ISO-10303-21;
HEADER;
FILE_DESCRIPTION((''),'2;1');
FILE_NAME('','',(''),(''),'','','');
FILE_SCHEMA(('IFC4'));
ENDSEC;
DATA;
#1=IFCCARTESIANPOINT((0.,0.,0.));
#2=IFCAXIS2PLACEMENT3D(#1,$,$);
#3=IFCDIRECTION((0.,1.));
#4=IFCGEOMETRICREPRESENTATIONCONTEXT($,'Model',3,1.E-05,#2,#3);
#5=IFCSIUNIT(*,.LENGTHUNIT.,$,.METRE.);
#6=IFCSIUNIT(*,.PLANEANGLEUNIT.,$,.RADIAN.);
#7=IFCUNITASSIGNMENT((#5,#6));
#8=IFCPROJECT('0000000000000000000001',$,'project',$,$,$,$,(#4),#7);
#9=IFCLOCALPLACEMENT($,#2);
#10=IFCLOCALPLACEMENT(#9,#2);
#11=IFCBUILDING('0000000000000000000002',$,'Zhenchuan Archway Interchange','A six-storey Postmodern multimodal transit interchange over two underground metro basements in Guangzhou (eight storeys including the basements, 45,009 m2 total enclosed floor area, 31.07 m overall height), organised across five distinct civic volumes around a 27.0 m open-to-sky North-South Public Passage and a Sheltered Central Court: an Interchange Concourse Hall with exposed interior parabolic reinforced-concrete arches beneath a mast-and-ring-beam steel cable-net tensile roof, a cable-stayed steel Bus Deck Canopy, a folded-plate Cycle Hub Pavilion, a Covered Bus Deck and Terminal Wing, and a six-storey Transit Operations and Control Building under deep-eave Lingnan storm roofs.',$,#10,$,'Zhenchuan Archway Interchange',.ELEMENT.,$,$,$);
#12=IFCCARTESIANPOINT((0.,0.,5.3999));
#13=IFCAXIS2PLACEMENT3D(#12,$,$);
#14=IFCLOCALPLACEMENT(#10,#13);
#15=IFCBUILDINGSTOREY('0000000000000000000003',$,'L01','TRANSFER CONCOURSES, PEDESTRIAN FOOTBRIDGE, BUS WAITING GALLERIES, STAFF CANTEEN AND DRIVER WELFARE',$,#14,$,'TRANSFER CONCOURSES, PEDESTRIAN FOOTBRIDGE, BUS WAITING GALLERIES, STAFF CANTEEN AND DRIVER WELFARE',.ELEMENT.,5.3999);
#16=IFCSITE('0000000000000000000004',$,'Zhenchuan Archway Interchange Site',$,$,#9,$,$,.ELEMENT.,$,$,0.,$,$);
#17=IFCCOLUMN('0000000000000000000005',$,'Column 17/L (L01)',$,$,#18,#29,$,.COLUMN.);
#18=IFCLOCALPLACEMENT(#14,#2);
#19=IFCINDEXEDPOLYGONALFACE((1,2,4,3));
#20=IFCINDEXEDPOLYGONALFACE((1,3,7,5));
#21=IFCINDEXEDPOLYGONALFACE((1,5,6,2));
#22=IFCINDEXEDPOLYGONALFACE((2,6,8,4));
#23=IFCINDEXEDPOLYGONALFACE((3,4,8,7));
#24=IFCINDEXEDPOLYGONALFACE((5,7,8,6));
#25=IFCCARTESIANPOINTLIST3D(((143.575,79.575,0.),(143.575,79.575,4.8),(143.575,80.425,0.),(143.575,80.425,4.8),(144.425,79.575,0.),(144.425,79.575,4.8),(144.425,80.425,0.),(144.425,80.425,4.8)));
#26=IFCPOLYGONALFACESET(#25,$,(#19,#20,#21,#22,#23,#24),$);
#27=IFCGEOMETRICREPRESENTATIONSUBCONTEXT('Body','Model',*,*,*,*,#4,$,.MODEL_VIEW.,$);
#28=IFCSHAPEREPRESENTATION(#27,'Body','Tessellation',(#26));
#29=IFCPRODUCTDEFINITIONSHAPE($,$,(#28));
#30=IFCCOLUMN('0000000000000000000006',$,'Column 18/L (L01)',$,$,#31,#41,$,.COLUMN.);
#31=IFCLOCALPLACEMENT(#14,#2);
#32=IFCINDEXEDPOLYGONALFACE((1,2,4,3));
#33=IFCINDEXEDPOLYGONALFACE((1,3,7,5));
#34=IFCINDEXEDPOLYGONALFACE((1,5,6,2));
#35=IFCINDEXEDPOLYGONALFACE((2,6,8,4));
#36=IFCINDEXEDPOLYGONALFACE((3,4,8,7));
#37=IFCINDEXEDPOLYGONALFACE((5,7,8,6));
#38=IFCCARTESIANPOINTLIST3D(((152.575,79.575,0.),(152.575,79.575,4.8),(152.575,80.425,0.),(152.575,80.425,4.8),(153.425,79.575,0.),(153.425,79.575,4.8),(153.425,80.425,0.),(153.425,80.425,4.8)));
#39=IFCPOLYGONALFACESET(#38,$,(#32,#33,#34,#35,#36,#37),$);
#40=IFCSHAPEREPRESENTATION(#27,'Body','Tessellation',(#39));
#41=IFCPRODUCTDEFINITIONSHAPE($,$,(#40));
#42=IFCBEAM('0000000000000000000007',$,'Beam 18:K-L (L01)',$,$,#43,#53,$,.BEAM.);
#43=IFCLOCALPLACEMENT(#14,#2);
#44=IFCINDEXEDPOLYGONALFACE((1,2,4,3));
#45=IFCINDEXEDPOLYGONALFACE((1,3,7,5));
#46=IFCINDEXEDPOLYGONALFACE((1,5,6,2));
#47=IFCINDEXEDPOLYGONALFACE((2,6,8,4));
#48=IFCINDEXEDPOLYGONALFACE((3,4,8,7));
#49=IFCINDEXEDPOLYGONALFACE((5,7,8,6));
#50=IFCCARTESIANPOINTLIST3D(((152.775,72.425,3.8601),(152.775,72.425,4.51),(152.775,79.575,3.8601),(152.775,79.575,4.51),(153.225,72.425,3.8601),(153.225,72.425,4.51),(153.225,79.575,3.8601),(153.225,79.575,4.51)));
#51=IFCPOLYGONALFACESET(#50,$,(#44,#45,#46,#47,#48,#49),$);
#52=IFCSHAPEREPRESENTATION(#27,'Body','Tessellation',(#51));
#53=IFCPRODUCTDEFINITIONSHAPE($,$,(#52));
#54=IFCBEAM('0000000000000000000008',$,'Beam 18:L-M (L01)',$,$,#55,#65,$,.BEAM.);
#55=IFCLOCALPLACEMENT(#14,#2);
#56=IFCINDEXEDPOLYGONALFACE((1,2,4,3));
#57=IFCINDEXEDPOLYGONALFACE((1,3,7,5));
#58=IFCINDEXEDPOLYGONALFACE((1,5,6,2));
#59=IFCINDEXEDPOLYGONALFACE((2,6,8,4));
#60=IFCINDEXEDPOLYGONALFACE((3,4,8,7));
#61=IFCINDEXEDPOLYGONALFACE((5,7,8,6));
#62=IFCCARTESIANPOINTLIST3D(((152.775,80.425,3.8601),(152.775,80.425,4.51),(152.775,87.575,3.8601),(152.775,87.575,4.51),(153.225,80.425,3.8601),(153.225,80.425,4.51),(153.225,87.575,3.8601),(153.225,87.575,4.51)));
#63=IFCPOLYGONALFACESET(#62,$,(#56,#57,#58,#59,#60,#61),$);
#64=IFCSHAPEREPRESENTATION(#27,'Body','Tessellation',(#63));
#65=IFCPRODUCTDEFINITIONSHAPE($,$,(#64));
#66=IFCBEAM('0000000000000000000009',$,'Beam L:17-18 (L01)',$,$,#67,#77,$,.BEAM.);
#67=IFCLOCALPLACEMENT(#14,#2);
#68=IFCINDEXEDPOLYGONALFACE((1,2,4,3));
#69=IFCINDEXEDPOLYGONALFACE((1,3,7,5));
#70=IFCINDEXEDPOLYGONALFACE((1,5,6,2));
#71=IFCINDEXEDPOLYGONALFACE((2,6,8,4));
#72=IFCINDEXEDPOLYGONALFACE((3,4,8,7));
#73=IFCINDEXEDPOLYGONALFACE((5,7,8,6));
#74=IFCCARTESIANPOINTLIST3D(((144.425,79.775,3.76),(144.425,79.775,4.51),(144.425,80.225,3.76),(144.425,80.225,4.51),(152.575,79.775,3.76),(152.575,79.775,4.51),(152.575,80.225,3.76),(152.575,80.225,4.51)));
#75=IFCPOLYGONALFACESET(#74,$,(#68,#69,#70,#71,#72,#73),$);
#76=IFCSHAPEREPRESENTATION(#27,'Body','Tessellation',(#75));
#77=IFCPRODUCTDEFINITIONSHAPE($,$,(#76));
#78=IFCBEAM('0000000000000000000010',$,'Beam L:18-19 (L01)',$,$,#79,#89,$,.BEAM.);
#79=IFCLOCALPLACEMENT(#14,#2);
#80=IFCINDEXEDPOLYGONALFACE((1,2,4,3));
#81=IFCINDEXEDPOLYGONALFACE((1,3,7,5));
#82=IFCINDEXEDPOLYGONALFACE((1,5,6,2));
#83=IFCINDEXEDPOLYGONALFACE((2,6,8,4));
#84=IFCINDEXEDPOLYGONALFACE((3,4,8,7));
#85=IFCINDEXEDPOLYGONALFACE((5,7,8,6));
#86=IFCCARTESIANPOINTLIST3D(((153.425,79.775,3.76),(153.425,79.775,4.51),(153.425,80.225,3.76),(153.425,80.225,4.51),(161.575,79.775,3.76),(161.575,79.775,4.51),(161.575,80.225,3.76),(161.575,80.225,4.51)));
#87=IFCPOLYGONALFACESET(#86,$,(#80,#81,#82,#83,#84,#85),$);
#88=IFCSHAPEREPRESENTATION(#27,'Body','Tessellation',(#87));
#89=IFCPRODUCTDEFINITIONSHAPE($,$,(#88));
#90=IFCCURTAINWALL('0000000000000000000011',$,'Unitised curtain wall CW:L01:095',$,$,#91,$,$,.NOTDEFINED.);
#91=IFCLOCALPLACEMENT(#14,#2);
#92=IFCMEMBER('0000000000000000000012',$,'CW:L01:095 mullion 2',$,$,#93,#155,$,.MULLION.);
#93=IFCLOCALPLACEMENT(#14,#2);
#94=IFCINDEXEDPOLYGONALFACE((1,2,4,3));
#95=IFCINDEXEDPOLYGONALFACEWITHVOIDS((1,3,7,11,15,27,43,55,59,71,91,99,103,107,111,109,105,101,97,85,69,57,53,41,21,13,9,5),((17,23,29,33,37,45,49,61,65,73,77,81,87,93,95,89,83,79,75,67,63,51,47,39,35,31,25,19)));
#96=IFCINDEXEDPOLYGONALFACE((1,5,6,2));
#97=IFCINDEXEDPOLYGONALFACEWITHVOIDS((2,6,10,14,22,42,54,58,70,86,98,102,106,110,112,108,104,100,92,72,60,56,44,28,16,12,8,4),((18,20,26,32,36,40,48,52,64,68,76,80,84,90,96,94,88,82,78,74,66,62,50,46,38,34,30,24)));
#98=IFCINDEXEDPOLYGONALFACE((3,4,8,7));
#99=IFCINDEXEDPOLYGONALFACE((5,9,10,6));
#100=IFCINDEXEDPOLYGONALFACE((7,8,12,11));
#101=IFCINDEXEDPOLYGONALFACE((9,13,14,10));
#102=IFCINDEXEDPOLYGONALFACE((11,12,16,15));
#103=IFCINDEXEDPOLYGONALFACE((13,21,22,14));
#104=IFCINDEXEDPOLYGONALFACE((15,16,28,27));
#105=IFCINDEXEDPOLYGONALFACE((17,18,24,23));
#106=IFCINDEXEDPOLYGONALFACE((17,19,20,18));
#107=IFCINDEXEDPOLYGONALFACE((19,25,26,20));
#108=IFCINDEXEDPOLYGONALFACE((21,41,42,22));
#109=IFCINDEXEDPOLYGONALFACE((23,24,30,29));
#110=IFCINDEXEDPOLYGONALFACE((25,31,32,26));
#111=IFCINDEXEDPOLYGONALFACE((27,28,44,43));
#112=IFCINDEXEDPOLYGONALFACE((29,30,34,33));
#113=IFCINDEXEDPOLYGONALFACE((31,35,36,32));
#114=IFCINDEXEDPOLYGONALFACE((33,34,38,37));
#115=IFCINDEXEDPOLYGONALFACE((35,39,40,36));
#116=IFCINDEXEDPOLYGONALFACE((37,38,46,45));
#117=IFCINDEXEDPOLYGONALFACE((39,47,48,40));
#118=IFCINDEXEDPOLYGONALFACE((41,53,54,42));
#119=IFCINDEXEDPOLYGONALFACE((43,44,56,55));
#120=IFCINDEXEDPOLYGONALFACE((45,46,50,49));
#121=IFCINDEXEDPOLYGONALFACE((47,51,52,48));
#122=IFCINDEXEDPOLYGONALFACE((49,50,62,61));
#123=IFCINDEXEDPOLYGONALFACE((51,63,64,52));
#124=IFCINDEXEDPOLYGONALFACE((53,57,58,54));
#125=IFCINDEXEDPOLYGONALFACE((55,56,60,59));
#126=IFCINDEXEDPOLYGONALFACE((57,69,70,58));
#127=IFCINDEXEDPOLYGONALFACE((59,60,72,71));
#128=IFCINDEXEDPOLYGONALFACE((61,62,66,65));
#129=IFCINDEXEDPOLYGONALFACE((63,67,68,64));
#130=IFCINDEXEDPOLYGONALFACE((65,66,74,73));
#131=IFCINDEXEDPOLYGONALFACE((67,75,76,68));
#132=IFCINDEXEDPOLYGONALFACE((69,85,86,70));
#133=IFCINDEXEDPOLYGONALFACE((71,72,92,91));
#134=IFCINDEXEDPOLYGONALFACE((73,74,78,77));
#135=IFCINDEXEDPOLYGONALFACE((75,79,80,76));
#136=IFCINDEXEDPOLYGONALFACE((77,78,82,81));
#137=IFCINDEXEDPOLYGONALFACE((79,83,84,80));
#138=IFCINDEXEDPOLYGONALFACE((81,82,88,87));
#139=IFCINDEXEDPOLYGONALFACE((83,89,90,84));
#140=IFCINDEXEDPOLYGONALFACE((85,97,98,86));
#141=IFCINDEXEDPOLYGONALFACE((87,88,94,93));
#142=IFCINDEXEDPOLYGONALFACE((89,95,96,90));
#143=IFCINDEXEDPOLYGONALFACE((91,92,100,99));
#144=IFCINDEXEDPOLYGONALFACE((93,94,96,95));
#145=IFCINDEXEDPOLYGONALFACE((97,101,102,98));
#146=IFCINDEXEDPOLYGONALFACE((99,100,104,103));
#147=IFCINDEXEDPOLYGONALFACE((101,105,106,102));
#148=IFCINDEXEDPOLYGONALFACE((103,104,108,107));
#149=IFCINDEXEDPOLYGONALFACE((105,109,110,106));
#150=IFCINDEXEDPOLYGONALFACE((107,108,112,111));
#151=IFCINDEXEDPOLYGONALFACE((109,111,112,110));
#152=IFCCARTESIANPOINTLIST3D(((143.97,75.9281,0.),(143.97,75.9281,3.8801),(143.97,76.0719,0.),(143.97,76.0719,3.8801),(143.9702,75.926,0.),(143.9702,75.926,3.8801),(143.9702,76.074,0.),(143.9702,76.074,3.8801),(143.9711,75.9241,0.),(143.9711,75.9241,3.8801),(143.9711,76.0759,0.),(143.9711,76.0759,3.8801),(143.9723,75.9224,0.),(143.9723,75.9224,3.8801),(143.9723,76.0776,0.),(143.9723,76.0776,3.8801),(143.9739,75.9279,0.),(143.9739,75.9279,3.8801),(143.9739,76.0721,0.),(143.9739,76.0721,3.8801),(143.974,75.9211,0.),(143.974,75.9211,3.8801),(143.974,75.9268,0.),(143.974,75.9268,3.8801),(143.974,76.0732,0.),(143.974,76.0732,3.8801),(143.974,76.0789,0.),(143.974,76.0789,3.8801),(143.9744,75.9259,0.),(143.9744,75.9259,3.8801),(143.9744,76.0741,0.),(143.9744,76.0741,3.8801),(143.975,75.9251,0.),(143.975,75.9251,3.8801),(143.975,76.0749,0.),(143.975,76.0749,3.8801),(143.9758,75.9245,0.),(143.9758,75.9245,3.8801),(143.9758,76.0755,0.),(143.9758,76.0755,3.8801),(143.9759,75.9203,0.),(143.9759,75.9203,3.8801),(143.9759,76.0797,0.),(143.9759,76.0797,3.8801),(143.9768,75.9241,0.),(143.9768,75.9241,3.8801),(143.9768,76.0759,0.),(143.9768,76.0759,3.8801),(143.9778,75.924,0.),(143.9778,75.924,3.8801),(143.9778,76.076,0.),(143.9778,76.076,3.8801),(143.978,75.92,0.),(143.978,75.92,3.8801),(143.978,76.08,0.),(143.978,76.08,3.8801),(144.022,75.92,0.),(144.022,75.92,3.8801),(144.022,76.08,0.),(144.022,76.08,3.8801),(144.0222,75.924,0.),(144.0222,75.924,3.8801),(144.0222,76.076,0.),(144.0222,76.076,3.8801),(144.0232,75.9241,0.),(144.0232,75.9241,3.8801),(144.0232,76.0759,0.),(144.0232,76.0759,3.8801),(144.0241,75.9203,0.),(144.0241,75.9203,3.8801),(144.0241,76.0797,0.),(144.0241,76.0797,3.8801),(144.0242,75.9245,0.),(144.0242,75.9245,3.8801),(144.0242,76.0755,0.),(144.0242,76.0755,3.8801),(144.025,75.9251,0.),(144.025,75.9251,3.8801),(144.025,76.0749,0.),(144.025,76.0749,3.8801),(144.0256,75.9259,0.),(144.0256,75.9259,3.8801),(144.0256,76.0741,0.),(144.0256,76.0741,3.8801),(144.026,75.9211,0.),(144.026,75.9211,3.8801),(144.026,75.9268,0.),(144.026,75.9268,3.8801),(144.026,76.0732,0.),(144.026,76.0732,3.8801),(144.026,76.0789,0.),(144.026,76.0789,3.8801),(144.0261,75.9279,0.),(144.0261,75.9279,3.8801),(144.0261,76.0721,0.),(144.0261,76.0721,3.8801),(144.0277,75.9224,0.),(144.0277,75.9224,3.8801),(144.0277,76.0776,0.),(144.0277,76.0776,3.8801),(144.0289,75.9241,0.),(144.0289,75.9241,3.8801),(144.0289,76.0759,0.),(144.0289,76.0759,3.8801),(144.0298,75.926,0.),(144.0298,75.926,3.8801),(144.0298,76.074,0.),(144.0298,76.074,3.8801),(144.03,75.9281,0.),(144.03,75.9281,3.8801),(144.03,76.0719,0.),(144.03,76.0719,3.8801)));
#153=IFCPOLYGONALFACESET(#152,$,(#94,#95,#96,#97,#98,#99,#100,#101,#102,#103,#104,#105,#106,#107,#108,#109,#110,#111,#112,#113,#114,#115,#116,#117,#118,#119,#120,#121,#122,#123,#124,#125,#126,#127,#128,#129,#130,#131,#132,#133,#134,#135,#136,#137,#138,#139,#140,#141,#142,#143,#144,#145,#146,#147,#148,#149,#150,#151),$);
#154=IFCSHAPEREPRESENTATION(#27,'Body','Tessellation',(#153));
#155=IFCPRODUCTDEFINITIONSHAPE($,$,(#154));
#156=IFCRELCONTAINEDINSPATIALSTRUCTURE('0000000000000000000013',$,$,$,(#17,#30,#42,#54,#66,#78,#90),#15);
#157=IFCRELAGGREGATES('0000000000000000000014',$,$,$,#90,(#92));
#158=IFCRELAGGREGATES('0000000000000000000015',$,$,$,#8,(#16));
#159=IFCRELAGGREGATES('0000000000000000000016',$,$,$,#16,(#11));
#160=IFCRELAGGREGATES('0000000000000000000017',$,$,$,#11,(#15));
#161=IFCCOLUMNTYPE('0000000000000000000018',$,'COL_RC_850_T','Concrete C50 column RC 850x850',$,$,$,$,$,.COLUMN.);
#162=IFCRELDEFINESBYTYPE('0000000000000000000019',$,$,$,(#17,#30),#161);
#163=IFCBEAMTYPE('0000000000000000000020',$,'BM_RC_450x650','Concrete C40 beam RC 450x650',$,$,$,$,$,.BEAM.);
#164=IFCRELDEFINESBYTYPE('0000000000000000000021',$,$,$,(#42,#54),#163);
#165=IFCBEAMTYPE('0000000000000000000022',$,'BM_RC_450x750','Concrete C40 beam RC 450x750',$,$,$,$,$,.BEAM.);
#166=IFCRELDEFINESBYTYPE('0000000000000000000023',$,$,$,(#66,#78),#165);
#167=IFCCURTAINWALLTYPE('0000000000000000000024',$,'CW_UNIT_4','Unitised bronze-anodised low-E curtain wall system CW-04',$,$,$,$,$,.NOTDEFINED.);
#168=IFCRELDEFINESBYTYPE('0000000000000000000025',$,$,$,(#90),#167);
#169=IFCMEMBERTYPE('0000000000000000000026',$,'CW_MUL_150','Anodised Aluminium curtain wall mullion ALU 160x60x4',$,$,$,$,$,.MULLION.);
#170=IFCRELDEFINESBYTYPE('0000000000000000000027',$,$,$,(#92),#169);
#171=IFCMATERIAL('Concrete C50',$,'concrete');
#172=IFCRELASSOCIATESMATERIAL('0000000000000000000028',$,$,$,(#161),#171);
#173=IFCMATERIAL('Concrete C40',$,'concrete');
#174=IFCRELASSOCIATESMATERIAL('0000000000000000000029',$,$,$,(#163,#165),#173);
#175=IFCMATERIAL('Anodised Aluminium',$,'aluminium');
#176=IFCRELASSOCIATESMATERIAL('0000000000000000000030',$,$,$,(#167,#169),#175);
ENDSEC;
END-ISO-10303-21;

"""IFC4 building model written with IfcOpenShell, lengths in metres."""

from ifc_helpers import new_model, si_unit, direction, frame, origin, origin_2d, place, context, subcontext, project, spatial, rectangle, hollow_rectangle, extrude, material, material_profile, profile_set, type_object, element, aggregate, save


model = new_model("IFC4")

# Units and contexts
model_context = context("Model", 3, precision=1e-05, world=origin(), true_north=direction((0.0, 1.0)))
body_context = subcontext(model_context, "Body", "Model", "MODEL_VIEW")
ifc_project = project(units=[si_unit("LENGTHUNIT", "METRE"), si_unit("PLANEANGLEUNIT", "RADIAN")], contexts=[model_context])

# Site, building, storey
site_placement = place(None, origin())
site = spatial("IfcSite", under=ifc_project, at=site_placement, Name="Zhenchuan Archway Interchange Site", CompositionType="ELEMENT", RefElevation=0.0)
building_placement = place(site_placement, origin())
building = spatial("IfcBuilding", under=site, at=building_placement, Name="Zhenchuan Archway Interchange", Description="A six-storey Postmodern multimodal transit interchange over two underground metro basements in Guangzhou (eight storeys including the basements, 45,009 m2 total enclosed floor area, 31.07 m overall height), organised across five distinct civic volumes around a 27.0 m open-to-sky North-South Public Passage and a Sheltered Central Court: an Interchange Concourse Hall with exposed interior parabolic reinforced-concrete arches beneath a mast-and-ring-beam steel cable-net tensile roof, a cable-stayed steel Bus Deck Canopy, a folded-plate Cycle Hub Pavilion, a Covered Bus Deck and Terminal Wing, and a six-storey Transit Operations and Control Building under deep-eave Lingnan storm roofs.", LongName="Zhenchuan Archway Interchange", CompositionType="ELEMENT")
storey_placement = place(building_placement, frame((0.0, 0.0, 5.3999)))
storey = spatial("IfcBuildingStorey", under=building, at=storey_placement, Name="L01", Description="TRANSFER CONCOURSES, PEDESTRIAN FOOTBRIDGE, BUS WAITING GALLERIES, STAFF CANTEEN AND DRIVER WELFARE", LongName="TRANSFER CONCOURSES, PEDESTRIAN FOOTBRIDGE, BUS WAITING GALLERIES, STAFF CANTEEN AND DRIVER WELFARE", CompositionType="ELEMENT", Elevation=5.3999)

# Columns
ifc_material_1 = material(Name="Concrete C50", Category="concrete")
ifc_material_profile_1 = material_profile(ifc_material_1, rectangle(XDim=0.8501, YDim=0.8501, at=origin_2d()), Name="RC 850x850")
ifc_profile_set_1 = profile_set([ifc_material_profile_1], Name="Concrete C50")
column_type = type_object("IfcColumnType", Name="COL_RC_850_T", Description="Concrete C50 column RC 850x850", PredefinedType="COLUMN", material=ifc_profile_set_1)
for number, where, z_axis, x_axis, name in (
    (1, (144.0, 80.0, 0.0), (0.0, 0.0, 1.0), (1.0, 0.0, 0.0), "Column 17/L (L01)"),
    (2, (153.0, 80.0, 0.0), (0.0, 0.0, 1.0), (1.0, 0.0, 0.0), "Column 18/L (L01)"),
):
    element("IfcColumn", number, at=place(storey_placement, frame(where, z_axis=z_axis, x_axis=x_axis)), inside=storey, type_object=column_type, Name=name, PredefinedType="COLUMN", context=body_context, shape_type="SweptSolid", body=[
        extrude(rectangle(XDim=0.8501, YDim=0.8501, at=origin_2d()), origin(), (0.0, 0.0, 1.0), 4.8),
    ])

# Beams
ifc_material_2 = material(Name="Concrete C40", Category="concrete")
ifc_material_profile_2 = material_profile(ifc_material_2, rectangle(XDim=0.45, YDim=0.6499, at=origin_2d()), Name="RC 450x650")
ifc_profile_set_2 = profile_set([ifc_material_profile_2], Name="Concrete C40")
beam_type_1 = type_object("IfcBeamType", Name="BM_RC_450x650", Description="Concrete C40 beam RC 450x650", PredefinedType="BEAM", material=ifc_profile_set_2)
for number, where, z_axis, x_axis, name in (
    (3, (153.0, 72.425, 4.1851), (0.0, 1.0, 0.0), (-1.0, 0.0, 0.0), "Beam 18:K-L (L01)"),
    (4, (153.0, 80.425, 4.1851), (0.0, 1.0, 0.0), (-1.0, 0.0, 0.0), "Beam 18:L-M (L01)"),
):
    element("IfcBeam", number, at=place(storey_placement, frame(where, z_axis=z_axis, x_axis=x_axis)), inside=storey, type_object=beam_type_1, Name=name, PredefinedType="BEAM", context=body_context, shape_type="SweptSolid", body=[
        extrude(rectangle(XDim=0.45, YDim=0.6499, at=origin_2d()), origin(), (0.0, 0.0, 1.0), 7.1499),
    ])
ifc_material_profile_3 = material_profile(ifc_material_2, rectangle(XDim=0.45, YDim=0.75, at=origin_2d()), Name="RC 450x750")
ifc_profile_set_3 = profile_set([ifc_material_profile_3], Name="Concrete C40")
beam_type_2 = type_object("IfcBeamType", Name="BM_RC_450x750", Description="Concrete C40 beam RC 450x750", PredefinedType="BEAM", material=ifc_profile_set_3)
for number, where, z_axis, x_axis, name in (
    (5, (144.425, 80.0, 4.135), (1.0, 0.0, 0.0), (0.0, 1.0, 0.0), "Beam L:17-18 (L01)"),
    (6, (153.425, 80.0, 4.135), (1.0, 0.0, 0.0), (0.0, 1.0, 0.0), "Beam L:18-19 (L01)"),
):
    element("IfcBeam", number, at=place(storey_placement, frame(where, z_axis=z_axis, x_axis=x_axis)), inside=storey, type_object=beam_type_2, Name=name, PredefinedType="BEAM", context=body_context, shape_type="SweptSolid", body=[
        extrude(rectangle(XDim=0.45, YDim=0.75, at=origin_2d()), origin(), (0.0, 0.0, 1.0), 8.1499),
    ])

# Curtain wall, member
ifc_material_3 = material(Name="Anodised Aluminium", Category="aluminium")
curtain_wall_type = type_object("IfcCurtainWallType", Name="CW_UNIT_4", Description="Unitised bronze-anodised low-E curtain wall system CW-04", PredefinedType="NOTDEFINED", material=ifc_material_3)
curtain_wall_placement = place(storey_placement, origin())
curtain_wall = element("IfcCurtainWall", 7, at=curtain_wall_placement, inside=storey, type_object=curtain_wall_type, Name="Unitised curtain wall CW:L01:095", PredefinedType="NOTDEFINED")
ifc_material_profile_4 = material_profile(ifc_material_3, hollow_rectangle(XDim=0.0601, YDim=0.1599, WallThickness=0.0039, InnerFilletRadius=0.0039, OuterFilletRadius=0.0081, at=origin_2d()), Name="ALU 160x60x4")
ifc_profile_set_4 = profile_set([ifc_material_profile_4], Name="Anodised Aluminium")
member_type_1 = type_object("IfcMemberType", Name="CW_MUL_150", Description="Anodised Aluminium curtain wall mullion ALU 160x60x4", PredefinedType="MULLION", material=ifc_profile_set_4)
member_1_placement = place(storey_placement, frame((144.0, 76.0, 0.0), z_axis=(0.0, 0.0, 1.0), x_axis=(1.0, 0.0, 0.0)))
member_1 = element("IfcMember", 8, at=member_1_placement, type_object=member_type_1, Name="CW:L01:095 mullion 2", PredefinedType="MULLION", context=body_context, shape_type="SweptSolid", body=[
    extrude(hollow_rectangle(XDim=0.0601, YDim=0.1599, WallThickness=0.0039, InnerFilletRadius=0.0039, OuterFilletRadius=0.0081, at=origin_2d()), origin(), (0.0, 0.0, 1.0), 3.8801),
])

aggregate(curtain_wall, [member_1])

save(model, "model.ifc")
